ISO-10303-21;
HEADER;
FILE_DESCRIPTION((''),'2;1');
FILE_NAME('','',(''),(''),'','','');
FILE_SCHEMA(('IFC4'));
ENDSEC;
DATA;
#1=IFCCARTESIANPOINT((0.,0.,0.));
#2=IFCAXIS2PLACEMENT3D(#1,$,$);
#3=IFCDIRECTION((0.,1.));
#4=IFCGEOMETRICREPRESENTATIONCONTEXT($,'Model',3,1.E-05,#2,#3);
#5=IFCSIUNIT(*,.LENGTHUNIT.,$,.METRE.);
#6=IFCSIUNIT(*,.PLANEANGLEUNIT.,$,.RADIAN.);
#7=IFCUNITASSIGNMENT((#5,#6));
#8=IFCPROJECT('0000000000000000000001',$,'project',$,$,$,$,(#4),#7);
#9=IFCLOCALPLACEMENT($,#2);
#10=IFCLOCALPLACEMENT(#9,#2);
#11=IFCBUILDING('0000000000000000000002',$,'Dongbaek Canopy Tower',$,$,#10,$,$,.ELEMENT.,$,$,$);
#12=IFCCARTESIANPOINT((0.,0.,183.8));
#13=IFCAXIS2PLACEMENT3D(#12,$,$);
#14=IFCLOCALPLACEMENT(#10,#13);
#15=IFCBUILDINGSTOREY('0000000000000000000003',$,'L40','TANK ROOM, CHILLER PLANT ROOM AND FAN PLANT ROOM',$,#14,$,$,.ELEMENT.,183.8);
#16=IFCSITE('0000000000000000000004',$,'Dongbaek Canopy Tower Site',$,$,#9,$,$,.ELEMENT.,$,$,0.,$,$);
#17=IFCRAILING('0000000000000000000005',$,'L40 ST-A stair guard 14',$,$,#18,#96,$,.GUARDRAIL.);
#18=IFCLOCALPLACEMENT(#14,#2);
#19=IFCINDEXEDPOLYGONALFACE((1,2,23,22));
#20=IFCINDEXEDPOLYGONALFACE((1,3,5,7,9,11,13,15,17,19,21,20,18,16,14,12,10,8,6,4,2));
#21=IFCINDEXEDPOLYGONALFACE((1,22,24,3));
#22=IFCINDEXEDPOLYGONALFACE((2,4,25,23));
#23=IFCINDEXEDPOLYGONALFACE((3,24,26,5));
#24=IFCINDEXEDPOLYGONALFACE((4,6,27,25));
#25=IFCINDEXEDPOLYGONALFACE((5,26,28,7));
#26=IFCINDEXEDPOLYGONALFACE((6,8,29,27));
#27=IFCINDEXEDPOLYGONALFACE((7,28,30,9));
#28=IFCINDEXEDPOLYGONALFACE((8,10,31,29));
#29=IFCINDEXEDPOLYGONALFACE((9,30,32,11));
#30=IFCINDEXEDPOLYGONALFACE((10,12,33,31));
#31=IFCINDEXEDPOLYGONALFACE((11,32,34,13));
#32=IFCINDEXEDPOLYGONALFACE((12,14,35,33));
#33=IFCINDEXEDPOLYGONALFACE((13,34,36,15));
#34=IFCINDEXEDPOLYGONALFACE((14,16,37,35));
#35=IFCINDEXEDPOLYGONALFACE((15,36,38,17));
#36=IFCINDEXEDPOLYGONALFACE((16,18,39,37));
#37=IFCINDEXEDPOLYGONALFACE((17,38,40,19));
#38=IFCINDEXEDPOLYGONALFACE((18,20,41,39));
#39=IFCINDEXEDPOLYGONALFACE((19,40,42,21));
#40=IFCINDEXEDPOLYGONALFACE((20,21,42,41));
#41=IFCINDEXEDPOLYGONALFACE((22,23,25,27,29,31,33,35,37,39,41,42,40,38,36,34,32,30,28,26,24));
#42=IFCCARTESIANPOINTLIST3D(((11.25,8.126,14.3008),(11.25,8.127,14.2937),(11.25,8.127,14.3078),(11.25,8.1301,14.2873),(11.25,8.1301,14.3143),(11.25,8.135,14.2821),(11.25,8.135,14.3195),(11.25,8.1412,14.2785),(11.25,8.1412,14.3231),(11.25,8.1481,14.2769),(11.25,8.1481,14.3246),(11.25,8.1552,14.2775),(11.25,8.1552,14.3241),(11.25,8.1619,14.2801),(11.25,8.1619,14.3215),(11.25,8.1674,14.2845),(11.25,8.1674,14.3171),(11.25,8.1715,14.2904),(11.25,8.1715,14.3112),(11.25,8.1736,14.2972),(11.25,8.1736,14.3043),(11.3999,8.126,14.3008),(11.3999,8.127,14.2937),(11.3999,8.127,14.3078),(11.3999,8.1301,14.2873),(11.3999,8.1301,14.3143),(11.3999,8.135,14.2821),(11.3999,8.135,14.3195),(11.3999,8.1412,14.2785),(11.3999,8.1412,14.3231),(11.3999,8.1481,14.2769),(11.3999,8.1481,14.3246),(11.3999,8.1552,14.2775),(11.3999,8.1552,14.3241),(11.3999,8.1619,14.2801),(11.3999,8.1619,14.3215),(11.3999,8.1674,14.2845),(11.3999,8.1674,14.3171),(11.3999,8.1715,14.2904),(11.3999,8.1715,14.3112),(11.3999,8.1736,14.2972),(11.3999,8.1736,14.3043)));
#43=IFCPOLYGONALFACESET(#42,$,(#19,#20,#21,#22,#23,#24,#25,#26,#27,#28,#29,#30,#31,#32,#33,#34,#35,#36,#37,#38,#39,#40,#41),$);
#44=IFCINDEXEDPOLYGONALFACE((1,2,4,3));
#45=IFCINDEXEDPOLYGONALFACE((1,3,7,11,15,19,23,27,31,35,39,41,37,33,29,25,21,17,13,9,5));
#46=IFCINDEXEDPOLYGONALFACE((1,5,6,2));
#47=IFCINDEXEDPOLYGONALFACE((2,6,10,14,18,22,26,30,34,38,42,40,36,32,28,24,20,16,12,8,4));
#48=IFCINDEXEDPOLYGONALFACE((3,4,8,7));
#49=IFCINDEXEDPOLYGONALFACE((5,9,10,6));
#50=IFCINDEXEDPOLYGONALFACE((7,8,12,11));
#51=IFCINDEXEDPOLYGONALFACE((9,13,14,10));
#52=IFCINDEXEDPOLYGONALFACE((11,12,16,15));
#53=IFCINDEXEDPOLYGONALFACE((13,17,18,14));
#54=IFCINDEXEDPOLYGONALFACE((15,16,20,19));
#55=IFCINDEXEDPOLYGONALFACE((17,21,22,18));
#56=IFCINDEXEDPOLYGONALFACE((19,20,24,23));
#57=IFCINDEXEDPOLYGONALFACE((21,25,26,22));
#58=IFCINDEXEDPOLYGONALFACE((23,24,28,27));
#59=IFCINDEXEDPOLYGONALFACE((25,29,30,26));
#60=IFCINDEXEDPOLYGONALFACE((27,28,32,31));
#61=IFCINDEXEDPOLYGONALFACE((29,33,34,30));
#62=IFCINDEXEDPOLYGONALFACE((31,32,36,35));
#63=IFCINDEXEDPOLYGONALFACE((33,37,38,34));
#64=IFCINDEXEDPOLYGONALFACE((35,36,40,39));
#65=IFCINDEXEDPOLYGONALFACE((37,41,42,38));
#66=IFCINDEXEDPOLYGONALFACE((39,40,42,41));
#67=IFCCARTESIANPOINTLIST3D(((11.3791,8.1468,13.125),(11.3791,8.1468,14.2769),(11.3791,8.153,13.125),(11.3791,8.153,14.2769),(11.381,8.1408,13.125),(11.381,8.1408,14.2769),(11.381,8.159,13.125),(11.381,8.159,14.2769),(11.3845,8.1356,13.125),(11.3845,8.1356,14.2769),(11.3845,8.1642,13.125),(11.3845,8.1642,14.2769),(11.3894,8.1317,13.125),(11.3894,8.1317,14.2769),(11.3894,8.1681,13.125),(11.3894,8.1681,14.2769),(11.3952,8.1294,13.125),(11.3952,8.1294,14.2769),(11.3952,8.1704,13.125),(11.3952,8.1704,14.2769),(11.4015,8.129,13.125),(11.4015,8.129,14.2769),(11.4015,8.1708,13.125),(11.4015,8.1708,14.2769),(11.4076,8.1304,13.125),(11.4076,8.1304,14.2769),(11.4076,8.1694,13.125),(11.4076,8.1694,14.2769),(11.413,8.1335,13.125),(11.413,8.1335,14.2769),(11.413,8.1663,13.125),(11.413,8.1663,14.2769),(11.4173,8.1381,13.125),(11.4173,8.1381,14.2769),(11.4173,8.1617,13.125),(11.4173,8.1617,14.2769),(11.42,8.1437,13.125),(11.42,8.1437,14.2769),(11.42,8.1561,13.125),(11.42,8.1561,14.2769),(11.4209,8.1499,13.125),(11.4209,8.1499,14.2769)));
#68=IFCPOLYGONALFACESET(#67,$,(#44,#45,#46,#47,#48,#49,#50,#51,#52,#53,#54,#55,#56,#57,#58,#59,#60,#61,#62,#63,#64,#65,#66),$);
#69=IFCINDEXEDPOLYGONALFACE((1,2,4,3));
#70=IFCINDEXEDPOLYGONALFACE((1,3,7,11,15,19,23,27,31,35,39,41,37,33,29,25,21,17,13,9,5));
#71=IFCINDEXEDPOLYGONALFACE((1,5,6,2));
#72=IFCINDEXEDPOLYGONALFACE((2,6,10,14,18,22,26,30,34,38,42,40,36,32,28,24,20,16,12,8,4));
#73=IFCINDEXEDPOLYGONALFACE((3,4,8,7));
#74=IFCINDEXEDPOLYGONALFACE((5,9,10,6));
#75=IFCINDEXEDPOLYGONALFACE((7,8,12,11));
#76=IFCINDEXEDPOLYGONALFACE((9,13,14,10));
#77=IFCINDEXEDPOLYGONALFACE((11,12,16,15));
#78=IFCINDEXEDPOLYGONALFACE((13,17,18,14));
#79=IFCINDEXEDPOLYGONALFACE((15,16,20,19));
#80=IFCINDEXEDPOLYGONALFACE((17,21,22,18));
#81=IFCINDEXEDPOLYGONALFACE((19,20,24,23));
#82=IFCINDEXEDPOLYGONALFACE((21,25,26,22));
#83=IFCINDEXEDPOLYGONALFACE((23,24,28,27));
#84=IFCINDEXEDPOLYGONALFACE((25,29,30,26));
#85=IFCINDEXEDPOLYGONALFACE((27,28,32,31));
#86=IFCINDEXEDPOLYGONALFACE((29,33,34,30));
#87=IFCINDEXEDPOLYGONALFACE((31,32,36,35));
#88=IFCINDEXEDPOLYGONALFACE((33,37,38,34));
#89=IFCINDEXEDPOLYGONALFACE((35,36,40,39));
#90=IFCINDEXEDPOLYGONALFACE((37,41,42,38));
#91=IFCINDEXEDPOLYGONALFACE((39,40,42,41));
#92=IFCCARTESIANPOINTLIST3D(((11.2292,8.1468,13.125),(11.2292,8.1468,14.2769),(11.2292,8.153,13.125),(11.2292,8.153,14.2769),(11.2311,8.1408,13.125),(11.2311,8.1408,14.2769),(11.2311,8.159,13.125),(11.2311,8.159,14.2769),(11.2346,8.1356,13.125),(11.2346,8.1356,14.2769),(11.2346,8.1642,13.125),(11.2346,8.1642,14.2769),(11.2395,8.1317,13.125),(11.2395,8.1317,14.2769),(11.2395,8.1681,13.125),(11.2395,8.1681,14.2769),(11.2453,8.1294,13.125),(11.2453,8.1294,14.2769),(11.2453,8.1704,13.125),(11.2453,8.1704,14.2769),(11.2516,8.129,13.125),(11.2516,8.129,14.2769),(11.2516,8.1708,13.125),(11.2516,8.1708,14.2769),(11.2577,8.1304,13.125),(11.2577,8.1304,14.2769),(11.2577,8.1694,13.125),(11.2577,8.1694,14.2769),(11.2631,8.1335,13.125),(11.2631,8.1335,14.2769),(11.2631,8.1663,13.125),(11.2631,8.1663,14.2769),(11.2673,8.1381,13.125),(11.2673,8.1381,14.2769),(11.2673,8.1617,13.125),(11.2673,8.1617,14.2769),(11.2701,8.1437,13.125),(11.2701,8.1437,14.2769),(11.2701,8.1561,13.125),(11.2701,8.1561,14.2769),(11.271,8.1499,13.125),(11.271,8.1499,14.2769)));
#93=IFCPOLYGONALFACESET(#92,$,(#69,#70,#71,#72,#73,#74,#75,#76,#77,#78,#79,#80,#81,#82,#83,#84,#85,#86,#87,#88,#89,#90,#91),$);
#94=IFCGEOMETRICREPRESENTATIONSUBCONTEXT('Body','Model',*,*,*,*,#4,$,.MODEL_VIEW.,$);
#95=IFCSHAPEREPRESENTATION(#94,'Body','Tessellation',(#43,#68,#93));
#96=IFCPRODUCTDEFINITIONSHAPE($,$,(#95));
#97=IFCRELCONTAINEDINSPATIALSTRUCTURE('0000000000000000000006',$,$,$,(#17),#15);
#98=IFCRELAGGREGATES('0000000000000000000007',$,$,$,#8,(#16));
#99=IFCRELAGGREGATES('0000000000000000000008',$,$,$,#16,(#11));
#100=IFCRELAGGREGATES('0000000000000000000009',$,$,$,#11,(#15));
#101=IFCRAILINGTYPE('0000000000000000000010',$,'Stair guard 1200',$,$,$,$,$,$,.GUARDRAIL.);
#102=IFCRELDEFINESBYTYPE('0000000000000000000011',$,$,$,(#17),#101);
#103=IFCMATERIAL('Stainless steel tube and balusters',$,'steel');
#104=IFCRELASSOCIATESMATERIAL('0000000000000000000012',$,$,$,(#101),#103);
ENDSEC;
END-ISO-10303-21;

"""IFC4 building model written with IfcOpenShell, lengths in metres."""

from ifc_helpers import new_model, si_unit, direction, frame, origin, origin_2d, place, context, subcontext, project, spatial, circle, extrude, material, type_object, element, save


model = new_model("IFC4")

# Units and contexts
model_context = context("Model", 3, precision=1e-05, world=origin(), true_north=direction((0.0, 1.0)))
body_context = subcontext(model_context, "Body", "Model", "MODEL_VIEW")
ifc_project = project(units=[si_unit("LENGTHUNIT", "METRE"), si_unit("PLANEANGLEUNIT", "RADIAN")], contexts=[model_context])

# Site, building, storey
site_placement = place(None, origin())
site = spatial("IfcSite", under=ifc_project, at=site_placement, Name="Dongbaek Canopy Tower Site", CompositionType="ELEMENT", RefElevation=0.0)
building_placement = place(site_placement, origin())
building = spatial("IfcBuilding", under=site, at=building_placement, Name="Dongbaek Canopy Tower", CompositionType="ELEMENT")
storey_placement = place(building_placement, frame((0.0, 0.0, 183.8)))
storey = spatial("IfcBuildingStorey", under=building, at=storey_placement, Name="L40", Description="TANK ROOM, CHILLER PLANT ROOM AND FAN PLANT ROOM", CompositionType="ELEMENT", Elevation=183.8)

# Railing
ifc_material_1 = material(Name="Stainless steel tube and balusters", Category="steel")
railing_type_1 = type_object("IfcRailingType", Name="Stair guard 1200", PredefinedType="GUARDRAIL", material=ifc_material_1)
railing_1_placement = place(storey_placement, frame((11.3999, 8.1499, 13.125)))
element("IfcRailing", 1, at=railing_1_placement, inside=storey, type_object=railing_type_1, Name="L40 ST-A stair guard 14", PredefinedType="GUARDRAIL", context=body_context, shape_type="SweptSolid", body=[
    extrude(circle(Radius=0.0239, at=origin_2d()), frame((0.0, 0.0, 1.1758), z_axis=(-1.0, 0.0, 0.0), x_axis=(0.0, -1.0, 0.0)), (0.0, 0.0, 1.0), 0.1499),
    extrude(circle(Radius=0.021, at=origin_2d()), origin(), (0.0, 0.0, 1.0), 1.1519),
    extrude(circle(Radius=0.021, at=origin_2d()), frame((-0.1499, 0.0, 0.0)), (0.0, 0.0, 1.0), 1.1519),
])

save(model, "model.ifc")
